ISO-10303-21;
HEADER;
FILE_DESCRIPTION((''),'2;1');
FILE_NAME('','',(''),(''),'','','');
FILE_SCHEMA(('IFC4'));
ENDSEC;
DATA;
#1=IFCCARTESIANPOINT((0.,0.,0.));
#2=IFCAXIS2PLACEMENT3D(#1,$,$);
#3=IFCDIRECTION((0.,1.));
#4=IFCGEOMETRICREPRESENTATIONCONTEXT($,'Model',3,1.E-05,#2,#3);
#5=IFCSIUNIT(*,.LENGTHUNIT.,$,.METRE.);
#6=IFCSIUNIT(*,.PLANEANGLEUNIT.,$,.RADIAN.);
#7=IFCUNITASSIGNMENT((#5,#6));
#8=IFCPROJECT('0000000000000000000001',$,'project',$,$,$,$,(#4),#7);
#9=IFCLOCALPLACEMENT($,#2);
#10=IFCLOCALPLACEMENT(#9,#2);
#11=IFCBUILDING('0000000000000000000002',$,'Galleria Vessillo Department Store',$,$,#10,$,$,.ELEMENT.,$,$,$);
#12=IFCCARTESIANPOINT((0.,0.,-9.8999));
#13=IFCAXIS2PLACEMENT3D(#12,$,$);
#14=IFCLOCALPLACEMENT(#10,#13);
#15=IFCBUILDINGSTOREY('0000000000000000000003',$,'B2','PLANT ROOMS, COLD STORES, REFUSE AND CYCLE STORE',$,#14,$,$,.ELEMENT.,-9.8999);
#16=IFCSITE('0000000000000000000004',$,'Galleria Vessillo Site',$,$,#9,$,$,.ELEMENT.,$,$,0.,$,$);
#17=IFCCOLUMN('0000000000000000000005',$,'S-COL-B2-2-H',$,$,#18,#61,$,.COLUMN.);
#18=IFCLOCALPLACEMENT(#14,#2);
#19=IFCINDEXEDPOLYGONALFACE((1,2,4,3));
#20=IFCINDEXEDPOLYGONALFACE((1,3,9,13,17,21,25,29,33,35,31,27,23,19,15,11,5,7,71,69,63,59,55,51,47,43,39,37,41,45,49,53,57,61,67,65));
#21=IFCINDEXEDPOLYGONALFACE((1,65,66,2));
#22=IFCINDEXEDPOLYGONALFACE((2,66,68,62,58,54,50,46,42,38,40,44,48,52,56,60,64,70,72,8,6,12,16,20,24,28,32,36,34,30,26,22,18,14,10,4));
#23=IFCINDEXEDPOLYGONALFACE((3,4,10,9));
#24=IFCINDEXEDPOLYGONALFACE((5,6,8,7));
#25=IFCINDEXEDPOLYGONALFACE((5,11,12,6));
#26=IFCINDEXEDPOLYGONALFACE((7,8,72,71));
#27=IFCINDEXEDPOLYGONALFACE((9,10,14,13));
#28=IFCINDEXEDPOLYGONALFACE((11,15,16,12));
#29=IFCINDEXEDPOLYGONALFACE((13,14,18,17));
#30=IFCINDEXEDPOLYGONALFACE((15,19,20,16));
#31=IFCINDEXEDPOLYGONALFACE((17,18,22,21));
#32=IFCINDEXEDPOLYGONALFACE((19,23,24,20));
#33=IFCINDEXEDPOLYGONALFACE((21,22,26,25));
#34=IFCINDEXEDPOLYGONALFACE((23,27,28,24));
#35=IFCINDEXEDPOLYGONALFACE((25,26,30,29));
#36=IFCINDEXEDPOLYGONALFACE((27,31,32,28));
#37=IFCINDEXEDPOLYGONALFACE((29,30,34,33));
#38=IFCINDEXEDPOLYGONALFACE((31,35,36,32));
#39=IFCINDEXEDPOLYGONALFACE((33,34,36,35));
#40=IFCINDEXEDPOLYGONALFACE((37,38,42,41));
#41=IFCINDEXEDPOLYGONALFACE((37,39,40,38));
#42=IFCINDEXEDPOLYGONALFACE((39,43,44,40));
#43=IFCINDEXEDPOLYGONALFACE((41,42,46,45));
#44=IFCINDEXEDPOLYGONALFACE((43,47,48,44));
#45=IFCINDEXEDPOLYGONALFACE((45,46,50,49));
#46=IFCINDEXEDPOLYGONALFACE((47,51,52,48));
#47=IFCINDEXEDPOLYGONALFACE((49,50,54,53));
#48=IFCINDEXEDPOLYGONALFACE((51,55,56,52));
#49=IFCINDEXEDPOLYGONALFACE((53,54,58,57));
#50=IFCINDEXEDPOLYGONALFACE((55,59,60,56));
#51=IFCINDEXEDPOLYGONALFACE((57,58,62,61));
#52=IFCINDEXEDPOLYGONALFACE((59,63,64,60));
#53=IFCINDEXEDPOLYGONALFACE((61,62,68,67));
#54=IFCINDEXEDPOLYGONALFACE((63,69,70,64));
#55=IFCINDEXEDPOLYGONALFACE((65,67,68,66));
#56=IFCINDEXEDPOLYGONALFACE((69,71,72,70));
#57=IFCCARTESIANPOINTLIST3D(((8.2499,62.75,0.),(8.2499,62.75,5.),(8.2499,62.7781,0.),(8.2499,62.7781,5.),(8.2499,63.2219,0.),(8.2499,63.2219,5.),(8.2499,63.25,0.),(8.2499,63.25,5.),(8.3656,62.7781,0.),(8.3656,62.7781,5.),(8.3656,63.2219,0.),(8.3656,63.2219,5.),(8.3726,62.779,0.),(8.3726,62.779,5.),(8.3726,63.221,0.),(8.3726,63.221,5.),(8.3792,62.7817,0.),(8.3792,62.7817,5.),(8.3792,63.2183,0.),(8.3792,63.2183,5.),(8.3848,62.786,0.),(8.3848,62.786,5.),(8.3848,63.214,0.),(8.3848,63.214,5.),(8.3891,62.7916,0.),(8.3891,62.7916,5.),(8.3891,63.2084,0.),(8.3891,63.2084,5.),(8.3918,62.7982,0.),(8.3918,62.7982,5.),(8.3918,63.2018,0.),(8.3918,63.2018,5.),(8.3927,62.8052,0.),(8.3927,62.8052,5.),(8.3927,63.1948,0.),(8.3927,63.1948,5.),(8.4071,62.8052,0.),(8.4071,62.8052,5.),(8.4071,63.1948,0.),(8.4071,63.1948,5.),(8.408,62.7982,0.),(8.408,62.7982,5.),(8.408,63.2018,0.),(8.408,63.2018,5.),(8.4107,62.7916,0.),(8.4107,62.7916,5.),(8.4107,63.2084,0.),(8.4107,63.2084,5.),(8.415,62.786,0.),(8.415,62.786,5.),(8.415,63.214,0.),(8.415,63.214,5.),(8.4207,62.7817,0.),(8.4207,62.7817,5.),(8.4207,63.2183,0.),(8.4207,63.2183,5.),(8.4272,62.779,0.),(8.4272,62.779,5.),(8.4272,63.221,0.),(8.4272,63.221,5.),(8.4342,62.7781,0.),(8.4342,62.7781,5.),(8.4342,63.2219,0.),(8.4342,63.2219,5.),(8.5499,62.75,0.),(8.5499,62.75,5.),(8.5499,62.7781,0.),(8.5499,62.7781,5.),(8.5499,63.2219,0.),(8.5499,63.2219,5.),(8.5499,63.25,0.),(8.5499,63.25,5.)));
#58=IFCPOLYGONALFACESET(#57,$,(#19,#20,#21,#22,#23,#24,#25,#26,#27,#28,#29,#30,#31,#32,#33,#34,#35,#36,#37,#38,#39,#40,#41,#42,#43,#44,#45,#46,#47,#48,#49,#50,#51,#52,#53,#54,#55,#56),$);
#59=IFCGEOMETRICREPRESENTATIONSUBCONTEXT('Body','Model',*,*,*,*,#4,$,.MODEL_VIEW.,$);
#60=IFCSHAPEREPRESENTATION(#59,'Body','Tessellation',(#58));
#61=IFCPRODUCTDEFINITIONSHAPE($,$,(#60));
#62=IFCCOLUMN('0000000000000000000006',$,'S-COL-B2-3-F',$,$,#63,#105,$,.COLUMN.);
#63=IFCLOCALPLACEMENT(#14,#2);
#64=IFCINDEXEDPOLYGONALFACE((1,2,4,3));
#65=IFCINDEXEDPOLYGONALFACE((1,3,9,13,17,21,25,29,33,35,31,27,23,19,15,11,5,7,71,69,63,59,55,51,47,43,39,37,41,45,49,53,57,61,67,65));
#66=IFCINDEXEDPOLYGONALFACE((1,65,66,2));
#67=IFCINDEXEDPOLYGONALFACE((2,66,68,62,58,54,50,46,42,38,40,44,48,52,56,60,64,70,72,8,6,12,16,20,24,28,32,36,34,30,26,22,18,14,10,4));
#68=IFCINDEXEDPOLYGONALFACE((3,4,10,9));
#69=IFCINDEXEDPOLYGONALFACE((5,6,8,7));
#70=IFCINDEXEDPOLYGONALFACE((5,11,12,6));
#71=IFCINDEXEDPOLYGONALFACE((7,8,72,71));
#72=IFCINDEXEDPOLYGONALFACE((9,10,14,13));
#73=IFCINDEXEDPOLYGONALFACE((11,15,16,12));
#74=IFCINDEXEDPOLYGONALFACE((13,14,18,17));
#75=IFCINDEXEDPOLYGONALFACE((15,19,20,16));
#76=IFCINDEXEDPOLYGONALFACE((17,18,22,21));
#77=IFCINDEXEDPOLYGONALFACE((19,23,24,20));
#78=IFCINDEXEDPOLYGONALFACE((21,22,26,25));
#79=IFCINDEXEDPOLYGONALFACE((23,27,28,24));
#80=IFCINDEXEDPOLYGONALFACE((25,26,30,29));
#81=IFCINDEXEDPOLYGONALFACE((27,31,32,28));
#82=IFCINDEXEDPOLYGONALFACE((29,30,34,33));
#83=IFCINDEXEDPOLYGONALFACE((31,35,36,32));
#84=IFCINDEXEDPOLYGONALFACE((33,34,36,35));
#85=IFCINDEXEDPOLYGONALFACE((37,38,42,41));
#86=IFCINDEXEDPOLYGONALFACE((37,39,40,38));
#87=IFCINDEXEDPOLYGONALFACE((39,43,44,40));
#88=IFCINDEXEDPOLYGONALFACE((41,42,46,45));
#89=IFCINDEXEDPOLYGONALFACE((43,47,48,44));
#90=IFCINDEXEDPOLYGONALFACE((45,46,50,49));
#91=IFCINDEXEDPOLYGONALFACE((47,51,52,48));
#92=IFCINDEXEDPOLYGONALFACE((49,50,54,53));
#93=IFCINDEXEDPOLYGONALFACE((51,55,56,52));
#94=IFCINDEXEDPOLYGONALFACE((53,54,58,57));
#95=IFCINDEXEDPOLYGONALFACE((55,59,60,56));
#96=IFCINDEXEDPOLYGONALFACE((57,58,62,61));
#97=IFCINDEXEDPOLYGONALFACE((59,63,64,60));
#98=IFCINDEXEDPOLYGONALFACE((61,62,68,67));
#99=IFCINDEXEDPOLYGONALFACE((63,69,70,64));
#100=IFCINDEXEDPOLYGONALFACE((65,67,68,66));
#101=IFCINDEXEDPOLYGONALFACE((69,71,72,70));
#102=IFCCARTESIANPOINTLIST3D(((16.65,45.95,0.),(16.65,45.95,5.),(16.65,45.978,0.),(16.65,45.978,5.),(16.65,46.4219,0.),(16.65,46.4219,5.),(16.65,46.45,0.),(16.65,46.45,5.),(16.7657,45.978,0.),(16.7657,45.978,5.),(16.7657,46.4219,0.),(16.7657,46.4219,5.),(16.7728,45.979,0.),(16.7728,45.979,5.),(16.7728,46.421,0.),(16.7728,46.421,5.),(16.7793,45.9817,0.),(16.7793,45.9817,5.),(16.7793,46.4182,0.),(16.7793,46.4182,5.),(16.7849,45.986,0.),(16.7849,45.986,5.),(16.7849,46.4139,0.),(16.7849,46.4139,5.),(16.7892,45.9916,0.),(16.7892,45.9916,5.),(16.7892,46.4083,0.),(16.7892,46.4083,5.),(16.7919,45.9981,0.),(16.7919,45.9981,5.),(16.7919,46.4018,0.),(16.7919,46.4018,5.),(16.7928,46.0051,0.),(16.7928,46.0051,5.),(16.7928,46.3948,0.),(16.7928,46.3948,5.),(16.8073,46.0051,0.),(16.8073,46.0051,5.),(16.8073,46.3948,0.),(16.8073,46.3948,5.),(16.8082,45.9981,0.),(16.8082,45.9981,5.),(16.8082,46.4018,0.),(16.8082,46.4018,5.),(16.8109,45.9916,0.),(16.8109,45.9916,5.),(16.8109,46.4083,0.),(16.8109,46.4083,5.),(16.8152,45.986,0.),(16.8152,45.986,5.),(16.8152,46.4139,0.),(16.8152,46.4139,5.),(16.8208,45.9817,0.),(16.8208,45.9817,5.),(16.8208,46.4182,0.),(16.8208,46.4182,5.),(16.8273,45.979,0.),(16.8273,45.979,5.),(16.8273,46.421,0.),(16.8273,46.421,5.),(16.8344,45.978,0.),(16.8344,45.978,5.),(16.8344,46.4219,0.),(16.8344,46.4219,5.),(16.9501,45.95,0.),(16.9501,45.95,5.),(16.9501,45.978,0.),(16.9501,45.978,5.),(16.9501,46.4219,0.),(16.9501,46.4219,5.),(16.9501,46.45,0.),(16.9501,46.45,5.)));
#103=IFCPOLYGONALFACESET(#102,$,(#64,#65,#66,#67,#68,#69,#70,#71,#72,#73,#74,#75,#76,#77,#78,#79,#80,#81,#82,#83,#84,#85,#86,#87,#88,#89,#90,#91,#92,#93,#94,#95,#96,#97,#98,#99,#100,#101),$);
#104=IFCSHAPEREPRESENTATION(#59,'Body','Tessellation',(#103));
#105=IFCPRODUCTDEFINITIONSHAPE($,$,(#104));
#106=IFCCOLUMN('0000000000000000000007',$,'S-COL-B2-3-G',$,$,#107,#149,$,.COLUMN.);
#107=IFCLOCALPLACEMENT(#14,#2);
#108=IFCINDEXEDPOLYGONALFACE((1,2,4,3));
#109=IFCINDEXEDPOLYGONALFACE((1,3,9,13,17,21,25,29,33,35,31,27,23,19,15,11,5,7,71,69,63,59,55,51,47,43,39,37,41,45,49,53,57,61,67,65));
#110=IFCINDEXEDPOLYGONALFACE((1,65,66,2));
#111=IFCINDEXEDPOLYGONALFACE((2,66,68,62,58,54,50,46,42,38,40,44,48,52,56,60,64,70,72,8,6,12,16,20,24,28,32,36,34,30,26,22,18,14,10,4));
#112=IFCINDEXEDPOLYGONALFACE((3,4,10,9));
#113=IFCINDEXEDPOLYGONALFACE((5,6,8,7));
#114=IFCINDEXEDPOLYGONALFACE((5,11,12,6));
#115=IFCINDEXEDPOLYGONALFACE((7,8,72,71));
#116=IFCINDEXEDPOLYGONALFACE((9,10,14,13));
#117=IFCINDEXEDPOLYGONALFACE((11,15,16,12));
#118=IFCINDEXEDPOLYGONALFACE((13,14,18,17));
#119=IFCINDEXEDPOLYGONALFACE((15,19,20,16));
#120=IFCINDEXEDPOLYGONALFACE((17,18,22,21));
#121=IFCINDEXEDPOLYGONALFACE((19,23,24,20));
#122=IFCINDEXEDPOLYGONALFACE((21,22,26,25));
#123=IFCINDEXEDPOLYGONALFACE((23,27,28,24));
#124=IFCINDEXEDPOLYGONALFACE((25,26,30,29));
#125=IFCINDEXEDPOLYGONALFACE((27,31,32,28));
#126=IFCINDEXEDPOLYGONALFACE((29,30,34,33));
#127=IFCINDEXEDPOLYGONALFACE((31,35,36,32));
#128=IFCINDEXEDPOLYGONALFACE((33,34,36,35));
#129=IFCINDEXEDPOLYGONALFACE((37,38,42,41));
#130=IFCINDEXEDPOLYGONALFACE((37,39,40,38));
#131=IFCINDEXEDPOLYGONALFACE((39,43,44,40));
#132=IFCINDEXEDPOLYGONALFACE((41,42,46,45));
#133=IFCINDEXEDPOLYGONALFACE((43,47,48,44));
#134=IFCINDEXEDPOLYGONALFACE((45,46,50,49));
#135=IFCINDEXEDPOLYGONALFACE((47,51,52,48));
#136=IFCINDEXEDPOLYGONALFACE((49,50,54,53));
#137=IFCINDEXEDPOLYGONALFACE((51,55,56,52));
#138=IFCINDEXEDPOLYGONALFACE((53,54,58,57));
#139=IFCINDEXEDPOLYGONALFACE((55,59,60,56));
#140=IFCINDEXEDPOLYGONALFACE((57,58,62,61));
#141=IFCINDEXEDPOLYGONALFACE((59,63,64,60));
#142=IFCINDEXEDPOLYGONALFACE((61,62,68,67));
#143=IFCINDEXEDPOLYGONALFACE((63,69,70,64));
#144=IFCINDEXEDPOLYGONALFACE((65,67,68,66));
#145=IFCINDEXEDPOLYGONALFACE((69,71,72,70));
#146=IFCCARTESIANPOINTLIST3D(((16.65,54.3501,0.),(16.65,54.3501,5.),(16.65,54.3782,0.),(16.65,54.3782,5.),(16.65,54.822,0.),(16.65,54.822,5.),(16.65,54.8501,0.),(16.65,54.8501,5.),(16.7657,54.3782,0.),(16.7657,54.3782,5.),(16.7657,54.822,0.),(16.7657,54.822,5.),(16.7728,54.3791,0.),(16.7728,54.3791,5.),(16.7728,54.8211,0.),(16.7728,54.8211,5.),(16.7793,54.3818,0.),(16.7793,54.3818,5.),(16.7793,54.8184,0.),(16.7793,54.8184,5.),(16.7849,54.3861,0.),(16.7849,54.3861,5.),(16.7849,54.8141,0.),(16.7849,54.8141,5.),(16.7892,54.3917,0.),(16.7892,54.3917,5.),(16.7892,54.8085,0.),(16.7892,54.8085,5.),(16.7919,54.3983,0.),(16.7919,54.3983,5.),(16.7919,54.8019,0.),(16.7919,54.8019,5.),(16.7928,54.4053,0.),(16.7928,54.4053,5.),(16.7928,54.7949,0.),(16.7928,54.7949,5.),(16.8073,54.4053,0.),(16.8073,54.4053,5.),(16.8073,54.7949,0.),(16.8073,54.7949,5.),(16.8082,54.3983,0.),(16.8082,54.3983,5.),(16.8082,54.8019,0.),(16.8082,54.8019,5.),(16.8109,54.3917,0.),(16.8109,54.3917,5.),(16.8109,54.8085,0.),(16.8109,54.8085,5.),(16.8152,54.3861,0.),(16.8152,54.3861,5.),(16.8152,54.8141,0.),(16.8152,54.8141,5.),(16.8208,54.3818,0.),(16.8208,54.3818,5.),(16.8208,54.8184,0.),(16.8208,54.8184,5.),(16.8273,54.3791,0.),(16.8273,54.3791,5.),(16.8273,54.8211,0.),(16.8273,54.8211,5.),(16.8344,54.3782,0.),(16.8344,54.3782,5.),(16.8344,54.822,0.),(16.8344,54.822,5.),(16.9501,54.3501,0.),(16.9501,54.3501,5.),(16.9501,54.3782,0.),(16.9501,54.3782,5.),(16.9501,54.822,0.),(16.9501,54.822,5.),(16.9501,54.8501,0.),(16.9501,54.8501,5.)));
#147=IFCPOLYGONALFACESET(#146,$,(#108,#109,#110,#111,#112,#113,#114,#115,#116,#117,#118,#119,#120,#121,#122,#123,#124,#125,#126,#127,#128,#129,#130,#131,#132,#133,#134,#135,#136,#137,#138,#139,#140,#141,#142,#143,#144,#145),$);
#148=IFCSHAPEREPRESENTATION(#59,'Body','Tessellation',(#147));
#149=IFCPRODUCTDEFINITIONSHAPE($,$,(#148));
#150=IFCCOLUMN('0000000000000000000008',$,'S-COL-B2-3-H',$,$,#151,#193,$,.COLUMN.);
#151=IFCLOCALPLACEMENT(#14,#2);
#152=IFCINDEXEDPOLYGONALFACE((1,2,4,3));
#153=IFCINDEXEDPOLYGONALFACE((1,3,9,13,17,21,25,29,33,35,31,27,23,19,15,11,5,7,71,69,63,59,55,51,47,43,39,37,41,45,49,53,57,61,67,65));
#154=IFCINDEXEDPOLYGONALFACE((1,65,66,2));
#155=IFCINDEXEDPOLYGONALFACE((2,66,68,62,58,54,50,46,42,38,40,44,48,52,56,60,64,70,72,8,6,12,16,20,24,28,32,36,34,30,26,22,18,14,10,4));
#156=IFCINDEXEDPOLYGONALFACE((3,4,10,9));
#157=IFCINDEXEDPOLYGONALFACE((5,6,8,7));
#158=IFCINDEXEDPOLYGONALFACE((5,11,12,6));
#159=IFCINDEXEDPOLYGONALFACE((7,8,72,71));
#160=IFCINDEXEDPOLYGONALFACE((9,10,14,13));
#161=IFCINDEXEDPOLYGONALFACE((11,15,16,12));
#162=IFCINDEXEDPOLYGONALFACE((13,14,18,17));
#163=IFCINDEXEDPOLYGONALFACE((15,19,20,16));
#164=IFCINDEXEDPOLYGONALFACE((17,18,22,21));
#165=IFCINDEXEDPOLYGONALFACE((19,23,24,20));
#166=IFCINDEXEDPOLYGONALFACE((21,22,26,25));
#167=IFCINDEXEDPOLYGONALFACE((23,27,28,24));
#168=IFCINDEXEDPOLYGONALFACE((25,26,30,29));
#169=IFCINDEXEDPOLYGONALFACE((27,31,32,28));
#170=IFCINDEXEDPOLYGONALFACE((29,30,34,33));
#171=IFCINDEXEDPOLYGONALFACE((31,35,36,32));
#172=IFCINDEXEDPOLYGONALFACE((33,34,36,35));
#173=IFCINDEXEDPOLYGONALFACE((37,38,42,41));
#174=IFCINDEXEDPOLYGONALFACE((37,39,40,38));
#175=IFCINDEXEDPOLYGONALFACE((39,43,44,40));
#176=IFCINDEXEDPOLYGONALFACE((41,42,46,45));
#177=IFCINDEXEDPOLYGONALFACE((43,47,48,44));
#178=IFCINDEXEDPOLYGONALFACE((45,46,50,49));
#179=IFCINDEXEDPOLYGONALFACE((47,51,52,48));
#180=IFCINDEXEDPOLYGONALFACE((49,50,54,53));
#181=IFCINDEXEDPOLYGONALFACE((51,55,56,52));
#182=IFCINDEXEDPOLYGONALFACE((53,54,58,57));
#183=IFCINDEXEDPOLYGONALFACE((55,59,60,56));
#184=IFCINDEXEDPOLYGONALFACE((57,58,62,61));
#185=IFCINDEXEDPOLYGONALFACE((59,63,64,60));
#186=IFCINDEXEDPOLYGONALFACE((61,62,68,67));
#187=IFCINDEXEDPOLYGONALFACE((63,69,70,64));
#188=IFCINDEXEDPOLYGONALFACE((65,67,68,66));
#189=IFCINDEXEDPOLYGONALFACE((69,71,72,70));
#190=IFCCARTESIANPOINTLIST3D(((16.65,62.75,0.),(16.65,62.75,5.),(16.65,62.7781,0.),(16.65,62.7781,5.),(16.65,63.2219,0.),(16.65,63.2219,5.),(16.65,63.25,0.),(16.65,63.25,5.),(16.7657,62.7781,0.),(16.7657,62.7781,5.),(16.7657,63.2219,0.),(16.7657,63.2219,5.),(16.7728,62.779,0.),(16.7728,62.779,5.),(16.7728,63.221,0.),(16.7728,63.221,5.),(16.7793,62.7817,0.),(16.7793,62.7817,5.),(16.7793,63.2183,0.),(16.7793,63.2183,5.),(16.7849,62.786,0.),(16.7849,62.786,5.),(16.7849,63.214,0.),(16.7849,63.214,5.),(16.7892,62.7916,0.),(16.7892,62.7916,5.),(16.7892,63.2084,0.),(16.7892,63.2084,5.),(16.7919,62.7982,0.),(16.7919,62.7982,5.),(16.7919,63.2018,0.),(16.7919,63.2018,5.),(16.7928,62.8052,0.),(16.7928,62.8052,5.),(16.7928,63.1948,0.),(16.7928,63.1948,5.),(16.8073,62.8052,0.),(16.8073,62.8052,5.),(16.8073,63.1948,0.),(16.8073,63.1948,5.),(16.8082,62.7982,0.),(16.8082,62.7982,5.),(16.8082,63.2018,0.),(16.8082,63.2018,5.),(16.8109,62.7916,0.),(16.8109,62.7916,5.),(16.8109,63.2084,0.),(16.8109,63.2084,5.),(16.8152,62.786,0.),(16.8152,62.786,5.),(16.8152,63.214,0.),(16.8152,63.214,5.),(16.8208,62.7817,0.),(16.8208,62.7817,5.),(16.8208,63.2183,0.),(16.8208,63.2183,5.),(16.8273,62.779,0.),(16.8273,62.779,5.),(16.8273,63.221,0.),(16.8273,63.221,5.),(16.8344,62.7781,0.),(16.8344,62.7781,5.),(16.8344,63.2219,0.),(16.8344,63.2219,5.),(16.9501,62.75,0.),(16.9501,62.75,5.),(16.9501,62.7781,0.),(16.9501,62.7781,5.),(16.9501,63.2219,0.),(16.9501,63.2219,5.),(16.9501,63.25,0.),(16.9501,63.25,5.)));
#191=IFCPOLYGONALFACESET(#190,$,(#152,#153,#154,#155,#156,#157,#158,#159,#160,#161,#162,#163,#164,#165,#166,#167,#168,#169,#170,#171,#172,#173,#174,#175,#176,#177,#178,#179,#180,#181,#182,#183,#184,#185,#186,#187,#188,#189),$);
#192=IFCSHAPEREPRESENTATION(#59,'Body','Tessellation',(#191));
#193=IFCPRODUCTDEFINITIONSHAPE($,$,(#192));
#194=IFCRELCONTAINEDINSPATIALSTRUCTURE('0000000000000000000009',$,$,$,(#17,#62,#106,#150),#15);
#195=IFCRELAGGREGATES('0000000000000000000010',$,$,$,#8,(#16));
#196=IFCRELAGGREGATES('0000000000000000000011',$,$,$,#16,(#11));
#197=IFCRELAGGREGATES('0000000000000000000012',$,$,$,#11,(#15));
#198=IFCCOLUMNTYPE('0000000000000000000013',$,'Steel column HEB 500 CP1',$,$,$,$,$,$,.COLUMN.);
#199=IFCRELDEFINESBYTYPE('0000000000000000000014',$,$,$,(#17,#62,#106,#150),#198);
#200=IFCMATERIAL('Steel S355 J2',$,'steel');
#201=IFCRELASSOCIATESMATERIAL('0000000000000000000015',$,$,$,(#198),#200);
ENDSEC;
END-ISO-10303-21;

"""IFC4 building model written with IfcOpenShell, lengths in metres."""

from ifc_helpers import new_model, si_unit, direction, frame, origin, origin_2d, place, context, subcontext, project, spatial, i_section, extrude, material, material_profile, profile_set, type_object, element, save


model = new_model("IFC4")

# Units and contexts
model_context = context("Model", 3, precision=1e-05, world=origin(), true_north=direction((0.0, 1.0)))
body_context = subcontext(model_context, "Body", "Model", "MODEL_VIEW")
ifc_project = project(units=[si_unit("LENGTHUNIT", "METRE"), si_unit("PLANEANGLEUNIT", "RADIAN")], contexts=[model_context])

# Site, building, storey
site_placement = place(None, origin())
site = spatial("IfcSite", under=ifc_project, at=site_placement, Name="Galleria Vessillo Site", CompositionType="ELEMENT", RefElevation=0.0)
building_placement = place(site_placement, origin())
building = spatial("IfcBuilding", under=site, at=building_placement, Name="Galleria Vessillo Department Store", CompositionType="ELEMENT")
storey_placement = place(building_placement, frame((0.0, 0.0, -9.8999)))
storey = spatial("IfcBuildingStorey", under=building, at=storey_placement, Name="B2", Description="PLANT ROOMS, COLD STORES, REFUSE AND CYCLE STORE", CompositionType="ELEMENT", Elevation=-9.8999)

# Columns
ifc_material_1 = material(Name="Steel S355 J2", Category="steel")
ifc_material_profile = material_profile(ifc_material_1, i_section(OverallWidth=0.3, OverallDepth=0.5, WebThickness=0.0144, FlangeThickness=0.0281, FilletRadius=0.0271, at=origin_2d()), Name="HEB 500")
ifc_profile_set = profile_set([ifc_material_profile], Name="Steel S355 J2")
column_type = type_object("IfcColumnType", Name="Steel column HEB 500 CP1", PredefinedType="COLUMN", material=ifc_profile_set)
for number, where, z_axis, x_axis, name in (
    (1, (8.3999, 63.0, 0.0), (0.0, 0.0, 1.0), (1.0, 0.0, 0.0), "S-COL-B2-2-H"),
    (2, (16.8, 46.2, 0.0), (0.0, 0.0, 1.0), (1.0, 0.0, 0.0), "S-COL-B2-3-F"),
    (3, (16.8, 54.6001, 0.0), (0.0, 0.0, 1.0), (1.0, 0.0, 0.0), "S-COL-B2-3-G"),
    (4, (16.8, 63.0, 0.0), (0.0, 0.0, 1.0), (1.0, 0.0, 0.0), "S-COL-B2-3-H"),
):
    element("IfcColumn", number, at=place(storey_placement, frame(where, z_axis=z_axis, x_axis=x_axis)), inside=storey, type_object=column_type, Name=name, PredefinedType="COLUMN", context=body_context, shape_type="SweptSolid", body=[
        extrude(i_section(OverallWidth=0.3, OverallDepth=0.5, WebThickness=0.0144, FlangeThickness=0.0281, FilletRadius=0.0271, at=origin_2d()), origin(), (0.0, 0.0, 1.0), 5.0),
    ])

save(model, "model.ifc")
